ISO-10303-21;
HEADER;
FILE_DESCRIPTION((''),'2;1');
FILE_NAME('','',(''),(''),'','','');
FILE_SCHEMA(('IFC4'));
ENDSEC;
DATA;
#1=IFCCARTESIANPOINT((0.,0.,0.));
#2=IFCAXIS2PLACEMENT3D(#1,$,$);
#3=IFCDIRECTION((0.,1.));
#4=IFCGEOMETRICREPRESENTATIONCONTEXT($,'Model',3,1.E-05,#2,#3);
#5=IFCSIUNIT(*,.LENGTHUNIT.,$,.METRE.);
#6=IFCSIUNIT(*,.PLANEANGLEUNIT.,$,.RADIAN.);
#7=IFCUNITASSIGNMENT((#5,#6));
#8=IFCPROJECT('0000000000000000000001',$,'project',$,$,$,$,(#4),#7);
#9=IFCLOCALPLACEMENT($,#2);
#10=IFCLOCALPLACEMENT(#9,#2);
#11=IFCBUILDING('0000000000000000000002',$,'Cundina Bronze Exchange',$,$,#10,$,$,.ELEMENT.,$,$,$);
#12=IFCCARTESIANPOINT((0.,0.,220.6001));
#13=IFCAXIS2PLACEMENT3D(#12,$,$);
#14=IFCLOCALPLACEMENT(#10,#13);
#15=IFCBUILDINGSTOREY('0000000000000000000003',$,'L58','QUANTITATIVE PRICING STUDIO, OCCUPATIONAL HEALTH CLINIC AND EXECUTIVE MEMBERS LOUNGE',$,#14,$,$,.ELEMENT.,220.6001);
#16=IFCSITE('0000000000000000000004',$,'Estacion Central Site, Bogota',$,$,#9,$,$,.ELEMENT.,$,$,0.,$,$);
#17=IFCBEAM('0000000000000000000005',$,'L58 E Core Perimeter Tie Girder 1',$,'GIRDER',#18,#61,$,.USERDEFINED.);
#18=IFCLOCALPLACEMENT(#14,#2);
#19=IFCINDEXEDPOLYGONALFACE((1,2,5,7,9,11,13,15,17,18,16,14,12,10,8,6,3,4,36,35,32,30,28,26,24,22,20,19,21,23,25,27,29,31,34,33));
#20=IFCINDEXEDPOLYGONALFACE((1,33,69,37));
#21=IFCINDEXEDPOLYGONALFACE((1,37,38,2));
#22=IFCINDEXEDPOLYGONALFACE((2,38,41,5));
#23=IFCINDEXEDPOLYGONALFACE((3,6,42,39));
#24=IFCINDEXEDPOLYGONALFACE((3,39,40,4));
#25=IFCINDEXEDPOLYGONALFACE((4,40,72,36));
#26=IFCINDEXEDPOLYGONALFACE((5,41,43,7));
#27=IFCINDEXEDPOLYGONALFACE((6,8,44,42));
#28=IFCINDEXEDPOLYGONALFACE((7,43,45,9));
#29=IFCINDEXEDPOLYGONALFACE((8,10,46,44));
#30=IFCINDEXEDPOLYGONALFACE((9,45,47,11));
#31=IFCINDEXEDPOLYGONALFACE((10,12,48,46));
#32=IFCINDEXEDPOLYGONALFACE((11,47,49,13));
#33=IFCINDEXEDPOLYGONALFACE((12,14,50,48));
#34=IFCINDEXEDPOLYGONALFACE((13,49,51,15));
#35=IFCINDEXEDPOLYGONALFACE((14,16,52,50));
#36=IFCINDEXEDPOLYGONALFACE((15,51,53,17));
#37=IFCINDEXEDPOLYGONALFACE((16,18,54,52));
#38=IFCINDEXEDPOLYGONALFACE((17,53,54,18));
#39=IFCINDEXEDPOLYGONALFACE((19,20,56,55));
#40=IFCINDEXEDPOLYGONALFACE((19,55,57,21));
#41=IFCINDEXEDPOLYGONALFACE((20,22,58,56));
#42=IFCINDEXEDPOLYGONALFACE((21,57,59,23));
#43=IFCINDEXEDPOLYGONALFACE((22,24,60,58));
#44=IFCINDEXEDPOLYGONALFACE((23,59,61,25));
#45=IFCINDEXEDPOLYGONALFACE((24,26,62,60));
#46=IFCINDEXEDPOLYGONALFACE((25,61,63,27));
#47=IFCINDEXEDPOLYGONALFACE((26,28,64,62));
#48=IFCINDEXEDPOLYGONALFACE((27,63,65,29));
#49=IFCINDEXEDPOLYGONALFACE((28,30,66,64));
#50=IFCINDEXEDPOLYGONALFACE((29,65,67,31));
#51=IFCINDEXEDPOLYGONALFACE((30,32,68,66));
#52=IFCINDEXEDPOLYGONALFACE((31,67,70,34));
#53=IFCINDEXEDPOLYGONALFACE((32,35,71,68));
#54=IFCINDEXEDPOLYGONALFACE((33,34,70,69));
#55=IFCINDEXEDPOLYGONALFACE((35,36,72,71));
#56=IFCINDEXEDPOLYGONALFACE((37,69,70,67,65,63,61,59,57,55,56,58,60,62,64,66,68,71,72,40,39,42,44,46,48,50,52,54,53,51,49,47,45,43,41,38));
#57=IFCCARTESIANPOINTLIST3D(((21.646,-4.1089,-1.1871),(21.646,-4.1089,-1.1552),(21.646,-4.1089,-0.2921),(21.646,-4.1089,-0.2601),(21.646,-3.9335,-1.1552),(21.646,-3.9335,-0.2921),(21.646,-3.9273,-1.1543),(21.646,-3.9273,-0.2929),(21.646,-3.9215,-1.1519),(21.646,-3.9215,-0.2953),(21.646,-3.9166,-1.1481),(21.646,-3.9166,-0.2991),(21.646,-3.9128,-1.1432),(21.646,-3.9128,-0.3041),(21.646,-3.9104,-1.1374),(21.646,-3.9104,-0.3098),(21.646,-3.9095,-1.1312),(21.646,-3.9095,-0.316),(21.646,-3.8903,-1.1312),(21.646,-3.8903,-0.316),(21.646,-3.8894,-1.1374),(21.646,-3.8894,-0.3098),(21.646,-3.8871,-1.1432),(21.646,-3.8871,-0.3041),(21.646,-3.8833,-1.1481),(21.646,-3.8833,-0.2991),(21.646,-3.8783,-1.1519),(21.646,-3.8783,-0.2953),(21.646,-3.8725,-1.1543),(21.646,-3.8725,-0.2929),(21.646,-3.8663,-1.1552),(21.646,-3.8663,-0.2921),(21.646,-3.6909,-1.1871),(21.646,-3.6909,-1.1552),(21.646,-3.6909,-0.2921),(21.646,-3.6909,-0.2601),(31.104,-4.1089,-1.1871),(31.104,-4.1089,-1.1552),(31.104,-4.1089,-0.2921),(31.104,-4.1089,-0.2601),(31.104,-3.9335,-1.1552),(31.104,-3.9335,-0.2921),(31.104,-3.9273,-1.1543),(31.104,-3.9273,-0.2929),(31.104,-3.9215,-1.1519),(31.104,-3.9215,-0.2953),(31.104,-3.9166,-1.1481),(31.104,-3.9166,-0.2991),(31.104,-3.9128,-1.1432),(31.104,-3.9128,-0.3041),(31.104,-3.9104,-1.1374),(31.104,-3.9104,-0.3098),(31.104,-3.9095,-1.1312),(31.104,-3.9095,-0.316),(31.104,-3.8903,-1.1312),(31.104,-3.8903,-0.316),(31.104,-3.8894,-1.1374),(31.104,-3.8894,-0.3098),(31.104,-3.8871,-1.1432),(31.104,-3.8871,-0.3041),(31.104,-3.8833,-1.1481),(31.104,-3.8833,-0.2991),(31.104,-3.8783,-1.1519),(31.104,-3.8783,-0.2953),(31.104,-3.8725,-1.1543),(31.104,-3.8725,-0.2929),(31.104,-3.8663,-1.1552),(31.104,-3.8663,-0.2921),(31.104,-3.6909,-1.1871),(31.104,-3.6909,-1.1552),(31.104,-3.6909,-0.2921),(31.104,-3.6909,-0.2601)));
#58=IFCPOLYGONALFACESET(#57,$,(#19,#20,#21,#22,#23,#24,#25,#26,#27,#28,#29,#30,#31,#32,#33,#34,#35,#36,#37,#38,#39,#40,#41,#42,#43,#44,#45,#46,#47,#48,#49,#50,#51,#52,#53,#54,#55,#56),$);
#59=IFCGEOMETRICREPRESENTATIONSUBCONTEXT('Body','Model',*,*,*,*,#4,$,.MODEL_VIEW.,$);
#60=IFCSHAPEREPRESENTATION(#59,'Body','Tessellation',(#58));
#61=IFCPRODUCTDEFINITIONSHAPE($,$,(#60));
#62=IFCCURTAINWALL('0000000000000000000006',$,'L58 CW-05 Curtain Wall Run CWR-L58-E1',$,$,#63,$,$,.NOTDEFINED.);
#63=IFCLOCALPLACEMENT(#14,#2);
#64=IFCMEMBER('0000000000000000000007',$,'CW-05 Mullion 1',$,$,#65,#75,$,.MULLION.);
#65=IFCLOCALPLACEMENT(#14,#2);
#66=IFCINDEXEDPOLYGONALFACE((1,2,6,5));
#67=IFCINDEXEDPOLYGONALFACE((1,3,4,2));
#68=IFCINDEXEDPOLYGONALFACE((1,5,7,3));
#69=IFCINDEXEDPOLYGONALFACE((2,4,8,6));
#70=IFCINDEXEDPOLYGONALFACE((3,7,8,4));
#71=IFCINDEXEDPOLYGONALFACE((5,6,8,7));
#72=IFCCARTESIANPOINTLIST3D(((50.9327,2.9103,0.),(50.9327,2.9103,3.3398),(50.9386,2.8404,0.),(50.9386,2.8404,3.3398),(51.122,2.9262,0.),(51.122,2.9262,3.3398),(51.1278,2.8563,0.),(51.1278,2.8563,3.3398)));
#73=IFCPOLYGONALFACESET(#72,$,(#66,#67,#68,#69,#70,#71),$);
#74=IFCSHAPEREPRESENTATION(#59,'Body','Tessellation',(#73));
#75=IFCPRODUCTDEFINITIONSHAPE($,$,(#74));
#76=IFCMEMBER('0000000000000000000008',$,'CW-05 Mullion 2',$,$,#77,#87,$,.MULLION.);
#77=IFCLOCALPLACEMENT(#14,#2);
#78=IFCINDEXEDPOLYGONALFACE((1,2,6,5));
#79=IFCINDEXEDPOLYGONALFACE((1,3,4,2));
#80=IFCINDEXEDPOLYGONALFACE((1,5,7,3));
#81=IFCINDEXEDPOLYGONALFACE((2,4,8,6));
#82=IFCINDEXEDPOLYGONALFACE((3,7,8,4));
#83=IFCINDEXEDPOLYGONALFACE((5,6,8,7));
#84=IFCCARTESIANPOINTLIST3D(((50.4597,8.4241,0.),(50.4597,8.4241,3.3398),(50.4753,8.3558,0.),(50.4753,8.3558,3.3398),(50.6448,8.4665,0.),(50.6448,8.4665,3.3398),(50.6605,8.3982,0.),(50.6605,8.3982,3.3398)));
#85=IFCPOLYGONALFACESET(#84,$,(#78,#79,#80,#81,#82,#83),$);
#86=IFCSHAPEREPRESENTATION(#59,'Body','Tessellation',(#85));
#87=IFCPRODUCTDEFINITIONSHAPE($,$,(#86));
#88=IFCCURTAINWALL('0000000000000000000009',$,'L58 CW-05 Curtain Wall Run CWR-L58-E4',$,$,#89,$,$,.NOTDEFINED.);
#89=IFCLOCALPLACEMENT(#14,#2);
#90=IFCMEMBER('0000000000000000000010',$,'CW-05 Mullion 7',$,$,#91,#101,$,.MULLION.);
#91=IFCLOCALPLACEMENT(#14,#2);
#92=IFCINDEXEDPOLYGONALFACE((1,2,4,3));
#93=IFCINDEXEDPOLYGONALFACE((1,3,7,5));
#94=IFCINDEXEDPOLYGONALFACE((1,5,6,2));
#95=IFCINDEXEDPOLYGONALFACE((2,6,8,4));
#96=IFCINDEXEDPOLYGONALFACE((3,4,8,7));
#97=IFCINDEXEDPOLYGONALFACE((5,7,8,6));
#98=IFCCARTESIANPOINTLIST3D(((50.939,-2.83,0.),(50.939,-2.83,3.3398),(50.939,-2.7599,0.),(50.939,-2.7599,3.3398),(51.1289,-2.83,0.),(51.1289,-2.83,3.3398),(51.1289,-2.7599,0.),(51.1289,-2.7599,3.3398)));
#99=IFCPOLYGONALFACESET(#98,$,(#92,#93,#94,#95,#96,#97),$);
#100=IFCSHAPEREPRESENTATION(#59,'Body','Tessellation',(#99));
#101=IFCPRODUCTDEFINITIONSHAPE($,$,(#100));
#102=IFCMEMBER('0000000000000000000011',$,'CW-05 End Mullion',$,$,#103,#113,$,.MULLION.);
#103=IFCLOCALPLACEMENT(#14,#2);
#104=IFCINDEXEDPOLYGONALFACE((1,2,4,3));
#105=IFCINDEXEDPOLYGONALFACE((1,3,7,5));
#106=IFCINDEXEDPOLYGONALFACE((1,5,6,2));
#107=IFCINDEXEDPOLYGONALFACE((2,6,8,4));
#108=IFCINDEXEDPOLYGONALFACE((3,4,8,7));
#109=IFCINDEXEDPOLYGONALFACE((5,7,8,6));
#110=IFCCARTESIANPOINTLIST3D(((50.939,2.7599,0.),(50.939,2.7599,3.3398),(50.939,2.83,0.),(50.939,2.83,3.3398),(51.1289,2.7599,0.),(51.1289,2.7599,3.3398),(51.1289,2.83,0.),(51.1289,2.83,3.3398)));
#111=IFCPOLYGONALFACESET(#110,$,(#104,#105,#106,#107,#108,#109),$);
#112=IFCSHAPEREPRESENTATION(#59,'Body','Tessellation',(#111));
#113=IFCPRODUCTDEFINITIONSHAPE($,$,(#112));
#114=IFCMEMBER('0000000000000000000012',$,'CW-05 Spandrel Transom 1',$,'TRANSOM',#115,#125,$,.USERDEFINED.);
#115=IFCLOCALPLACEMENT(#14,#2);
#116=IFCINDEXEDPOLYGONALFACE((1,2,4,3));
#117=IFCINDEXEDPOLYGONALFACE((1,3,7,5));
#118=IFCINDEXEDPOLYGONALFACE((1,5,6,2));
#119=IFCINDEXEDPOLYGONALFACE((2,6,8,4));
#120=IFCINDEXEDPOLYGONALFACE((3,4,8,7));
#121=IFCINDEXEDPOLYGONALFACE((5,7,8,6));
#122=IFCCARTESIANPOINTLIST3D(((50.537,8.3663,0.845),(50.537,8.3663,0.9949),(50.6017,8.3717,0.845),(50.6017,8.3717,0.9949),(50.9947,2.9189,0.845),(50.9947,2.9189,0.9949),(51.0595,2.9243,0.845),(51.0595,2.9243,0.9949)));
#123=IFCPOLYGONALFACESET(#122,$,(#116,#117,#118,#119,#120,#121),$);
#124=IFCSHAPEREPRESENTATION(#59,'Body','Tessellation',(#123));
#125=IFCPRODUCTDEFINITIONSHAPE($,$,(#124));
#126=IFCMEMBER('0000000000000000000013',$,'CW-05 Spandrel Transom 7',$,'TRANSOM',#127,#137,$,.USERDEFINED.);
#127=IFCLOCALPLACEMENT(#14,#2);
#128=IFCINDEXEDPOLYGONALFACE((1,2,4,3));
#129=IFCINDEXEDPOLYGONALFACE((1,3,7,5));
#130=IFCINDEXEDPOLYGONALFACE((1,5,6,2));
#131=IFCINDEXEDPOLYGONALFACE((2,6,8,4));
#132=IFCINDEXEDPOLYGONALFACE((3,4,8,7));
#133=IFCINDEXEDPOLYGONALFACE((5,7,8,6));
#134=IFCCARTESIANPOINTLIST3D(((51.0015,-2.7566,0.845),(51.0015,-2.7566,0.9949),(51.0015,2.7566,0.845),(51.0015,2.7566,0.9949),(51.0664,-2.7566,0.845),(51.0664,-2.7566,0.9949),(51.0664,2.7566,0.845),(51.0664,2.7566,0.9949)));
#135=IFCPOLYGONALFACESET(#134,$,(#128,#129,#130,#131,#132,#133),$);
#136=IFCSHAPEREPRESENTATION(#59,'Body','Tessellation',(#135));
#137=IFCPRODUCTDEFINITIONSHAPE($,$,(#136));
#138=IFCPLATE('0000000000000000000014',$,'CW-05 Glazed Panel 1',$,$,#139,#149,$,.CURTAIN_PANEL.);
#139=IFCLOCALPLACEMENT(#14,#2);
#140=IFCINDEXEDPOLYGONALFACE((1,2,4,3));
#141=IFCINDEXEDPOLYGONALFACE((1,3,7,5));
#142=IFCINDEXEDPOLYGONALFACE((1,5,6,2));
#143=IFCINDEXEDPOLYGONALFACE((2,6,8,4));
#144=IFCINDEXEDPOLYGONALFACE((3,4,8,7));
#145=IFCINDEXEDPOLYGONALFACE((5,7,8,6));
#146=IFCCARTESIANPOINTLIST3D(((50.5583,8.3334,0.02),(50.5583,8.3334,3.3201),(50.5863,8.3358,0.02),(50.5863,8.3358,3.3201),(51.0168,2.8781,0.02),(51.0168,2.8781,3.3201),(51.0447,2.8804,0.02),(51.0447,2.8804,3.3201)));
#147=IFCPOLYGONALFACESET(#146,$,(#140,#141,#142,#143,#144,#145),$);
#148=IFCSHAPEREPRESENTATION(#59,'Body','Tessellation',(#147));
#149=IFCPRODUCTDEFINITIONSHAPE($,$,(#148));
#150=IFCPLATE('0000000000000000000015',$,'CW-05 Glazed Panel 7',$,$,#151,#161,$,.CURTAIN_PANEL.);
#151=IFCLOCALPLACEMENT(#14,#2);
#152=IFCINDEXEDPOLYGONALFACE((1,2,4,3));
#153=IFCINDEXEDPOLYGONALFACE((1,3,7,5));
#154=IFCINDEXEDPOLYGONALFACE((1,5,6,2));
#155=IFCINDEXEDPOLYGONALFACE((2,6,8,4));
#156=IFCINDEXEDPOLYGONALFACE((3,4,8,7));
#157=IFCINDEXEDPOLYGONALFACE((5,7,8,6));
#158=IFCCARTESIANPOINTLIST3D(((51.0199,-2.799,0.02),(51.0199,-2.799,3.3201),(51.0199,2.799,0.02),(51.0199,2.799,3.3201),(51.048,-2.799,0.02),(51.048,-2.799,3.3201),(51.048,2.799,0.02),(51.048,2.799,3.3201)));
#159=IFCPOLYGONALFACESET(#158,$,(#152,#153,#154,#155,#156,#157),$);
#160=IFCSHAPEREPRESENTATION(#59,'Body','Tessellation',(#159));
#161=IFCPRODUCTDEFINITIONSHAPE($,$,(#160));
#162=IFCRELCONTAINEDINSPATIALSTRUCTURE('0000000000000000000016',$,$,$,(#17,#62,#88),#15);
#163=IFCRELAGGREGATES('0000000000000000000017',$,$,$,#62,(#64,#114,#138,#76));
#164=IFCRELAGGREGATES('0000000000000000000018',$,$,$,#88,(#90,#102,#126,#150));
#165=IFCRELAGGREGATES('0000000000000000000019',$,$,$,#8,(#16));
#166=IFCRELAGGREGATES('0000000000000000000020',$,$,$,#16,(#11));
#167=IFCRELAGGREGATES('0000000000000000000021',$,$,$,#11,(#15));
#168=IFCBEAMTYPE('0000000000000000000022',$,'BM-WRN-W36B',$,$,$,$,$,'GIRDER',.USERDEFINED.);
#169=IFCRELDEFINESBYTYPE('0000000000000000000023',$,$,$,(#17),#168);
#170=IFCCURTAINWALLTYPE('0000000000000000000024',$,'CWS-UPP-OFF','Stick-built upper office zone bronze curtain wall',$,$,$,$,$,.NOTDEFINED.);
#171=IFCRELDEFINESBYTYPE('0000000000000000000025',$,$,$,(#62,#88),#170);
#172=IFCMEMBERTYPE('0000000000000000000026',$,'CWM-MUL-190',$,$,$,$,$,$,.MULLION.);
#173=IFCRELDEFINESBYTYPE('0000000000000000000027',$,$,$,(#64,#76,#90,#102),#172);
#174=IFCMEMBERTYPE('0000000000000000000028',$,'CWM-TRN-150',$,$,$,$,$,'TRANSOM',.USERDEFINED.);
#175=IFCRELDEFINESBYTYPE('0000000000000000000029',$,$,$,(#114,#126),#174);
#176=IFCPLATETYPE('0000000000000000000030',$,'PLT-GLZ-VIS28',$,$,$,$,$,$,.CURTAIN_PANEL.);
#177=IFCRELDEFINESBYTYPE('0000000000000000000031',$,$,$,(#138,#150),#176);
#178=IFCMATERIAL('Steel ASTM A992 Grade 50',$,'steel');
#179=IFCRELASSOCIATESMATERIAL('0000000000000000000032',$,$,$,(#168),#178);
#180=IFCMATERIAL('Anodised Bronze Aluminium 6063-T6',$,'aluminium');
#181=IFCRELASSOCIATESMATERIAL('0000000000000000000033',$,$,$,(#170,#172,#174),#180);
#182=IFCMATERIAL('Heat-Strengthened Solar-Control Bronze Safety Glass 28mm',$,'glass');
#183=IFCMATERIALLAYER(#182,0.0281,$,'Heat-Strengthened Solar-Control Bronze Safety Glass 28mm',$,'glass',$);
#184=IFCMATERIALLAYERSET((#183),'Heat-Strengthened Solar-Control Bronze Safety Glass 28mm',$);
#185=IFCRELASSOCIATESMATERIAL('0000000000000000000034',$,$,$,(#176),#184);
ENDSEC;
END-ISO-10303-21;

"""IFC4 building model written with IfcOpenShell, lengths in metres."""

from ifc_helpers import new_model, si_unit, direction, frame, origin, origin_2d, place, context, subcontext, project, spatial, rectangle, i_section, extrude, material, layer, layer_set, material_profile, profile_set, type_object, element, aggregate, save


model = new_model("IFC4")

# Units and contexts
model_context = context("Model", 3, precision=1e-05, world=origin(), true_north=direction((0.0, 1.0)))
body_context = subcontext(model_context, "Body", "Model", "MODEL_VIEW")
ifc_project = project(units=[si_unit("LENGTHUNIT", "METRE"), si_unit("PLANEANGLEUNIT", "RADIAN")], contexts=[model_context])

# Site, building, storey
site_placement = place(None, origin())
site = spatial("IfcSite", under=ifc_project, at=site_placement, Name="Estacion Central Site, Bogota", CompositionType="ELEMENT", RefElevation=0.0)
building_placement = place(site_placement, origin())
building = spatial("IfcBuilding", under=site, at=building_placement, Name="Cundina Bronze Exchange", CompositionType="ELEMENT")
storey_placement = place(building_placement, frame((0.0, 0.0, 220.6001)))
storey = spatial("IfcBuildingStorey", under=building, at=storey_placement, Name="L58", Description="QUANTITATIVE PRICING STUDIO, OCCUPATIONAL HEALTH CLINIC AND EXECUTIVE MEMBERS LOUNGE", CompositionType="ELEMENT", Elevation=220.6001)

# Shared definitions
ifc_material_1 = material(Name="Steel ASTM A992 Grade 50", Category="steel")

# Beam
ifc_material_profile_1 = material_profile(ifc_material_1, i_section(OverallWidth=0.418, OverallDepth=0.927, WebThickness=0.0193, FlangeThickness=0.032, FilletRadius=0.0239, at=origin_2d()), Name="W36X231", Category="steel")
ifc_profile_set_1 = profile_set([ifc_material_profile_1], Name="Steel ASTM A992 Grade 50")
beam_type_1 = type_object("IfcBeamType", Name="BM-WRN-W36B", ElementType="GIRDER", PredefinedType="USERDEFINED", material=ifc_profile_set_1)
beam_1_placement = place(storey_placement, frame((31.104, -3.8999, -0.7236), z_axis=(-1.0, 0.0, 0.0), x_axis=(0.0, -1.0, 0.0)))
element("IfcBeam", 1, at=beam_1_placement, inside=storey, type_object=beam_type_1, Name="L58 E Core Perimeter Tie Girder 1", ObjectType="GIRDER", PredefinedType="USERDEFINED", context=body_context, shape_type="SweptSolid", body=[
    extrude(i_section(OverallWidth=0.418, OverallDepth=0.927, WebThickness=0.0193, FlangeThickness=0.032, FilletRadius=0.0239, at=origin_2d()), origin(), (0.0, 0.0, 1.0), 9.458),
])

# Curtain walls, members
ifc_material_2 = material(Name="Anodised Bronze Aluminium 6063-T6", Category="aluminium")
curtain_wall_type = type_object("IfcCurtainWallType", Name="CWS-UPP-OFF", Description="Stick-built upper office zone bronze curtain wall", PredefinedType="NOTDEFINED", material=ifc_material_2)
curtain_wall_1_placement = place(storey_placement, origin())
curtain_wall_1 = element("IfcCurtainWall", 2, at=curtain_wall_1_placement, inside=storey, type_object=curtain_wall_type, Name="L58 CW-05 Curtain Wall Run CWR-L58-E1", PredefinedType="NOTDEFINED")
ifc_material_profile_2 = material_profile(ifc_material_2, rectangle(XDim=0.0701, YDim=0.1899, at=origin_2d()), Name="AL70X190", Category="aluminium")
ifc_profile_set_2 = profile_set([ifc_material_profile_2], Name="Anodised Bronze Aluminium 6063-T6")
member_type_1 = type_object("IfcMemberType", Name="CWM-MUL-190", PredefinedType="MULLION", material=ifc_profile_set_2)
member_1_placement = place(storey_placement, frame((51.0303, 2.8833, 0.0), z_axis=(0.0, 0.0, 1.0), x_axis=(-0.083678, 0.996493, 0.0)))
member_1 = element("IfcMember", 3, at=member_1_placement, type_object=member_type_1, Name="CW-05 Mullion 1", PredefinedType="MULLION", context=body_context, shape_type="SweptSolid", body=[
    extrude(rectangle(XDim=0.0701, YDim=0.1899, at=origin_2d()), origin(), (0.0, 0.0, 1.0), 3.3398),
])
member_2_placement = place(storey_placement, frame((50.5601, 8.4111, 0.0), z_axis=(0.0, 0.0, 1.0), x_axis=(-0.22325, 0.974761, 0.0)))
member_2 = element("IfcMember", 4, at=member_2_placement, type_object=member_type_1, Name="CW-05 Mullion 2", PredefinedType="MULLION", context=body_context, shape_type="SweptSolid", body=[
    extrude(rectangle(XDim=0.0701, YDim=0.1899, at=origin_2d()), origin(), (0.0, 0.0, 1.0), 3.3398),
])
curtain_wall_2_placement = place(storey_placement, origin())
curtain_wall_2 = element("IfcCurtainWall", 5, at=curtain_wall_2_placement, inside=storey, type_object=curtain_wall_type, Name="L58 CW-05 Curtain Wall Run CWR-L58-E4", PredefinedType="NOTDEFINED")
member_3_placement = place(storey_placement, frame((51.0339, -2.7949, 0.0), z_axis=(0.0, 0.0, 1.0), x_axis=(0.0, 1.0, 0.0)))
member_3 = element("IfcMember", 6, at=member_3_placement, type_object=member_type_1, Name="CW-05 Mullion 7", PredefinedType="MULLION", context=body_context, shape_type="SweptSolid", body=[
    extrude(rectangle(XDim=0.0701, YDim=0.1899, at=origin_2d()), origin(), (0.0, 0.0, 1.0), 3.3398),
])
member_4_placement = place(storey_placement, frame((51.0339, 2.7949, 0.0), z_axis=(0.0, 0.0, 1.0), x_axis=(0.0, 1.0, 0.0)))
member_4 = element("IfcMember", 7, at=member_4_placement, type_object=member_type_1, Name="CW-05 End Mullion", PredefinedType="MULLION", context=body_context, shape_type="SweptSolid", body=[
    extrude(rectangle(XDim=0.0701, YDim=0.1899, at=origin_2d()), origin(), (0.0, 0.0, 1.0), 3.3398),
])

# Members
ifc_material_profile_3 = material_profile(ifc_material_2, rectangle(XDim=0.0649, YDim=0.1499, at=origin_2d()), Name="AL65X150", Category="aluminium")
ifc_profile_set_3 = profile_set([ifc_material_profile_3], Name="Anodised Bronze Aluminium 6063-T6")
member_type_2 = type_object("IfcMemberType", Name="CWM-TRN-150", ElementType="TRANSOM", PredefinedType="USERDEFINED", material=ifc_profile_set_3)
member_5_placement = place(storey_placement, frame((51.0271, 2.9216, 0.9199), z_axis=(-0.08374, 0.996488, 0.0), x_axis=(-0.996488, -0.08374, 0.0)))
member_5 = element("IfcMember", 8, at=member_5_placement, type_object=member_type_2, Name="CW-05 Spandrel Transom 1", ObjectType="TRANSOM", PredefinedType="USERDEFINED", context=body_context, shape_type="SweptSolid", body=[
    extrude(rectangle(XDim=0.0649, YDim=0.1499, at=origin_2d()), origin(), (0.0, 0.0, 1.0), 5.4666),
])
member_6_placement = place(storey_placement, frame((51.0339, -2.7566, 0.9199), z_axis=(0.0, 1.0, 0.0), x_axis=(-1.0, 0.0, 0.0)))
member_6 = element("IfcMember", 9, at=member_6_placement, type_object=member_type_2, Name="CW-05 Spandrel Transom 7", ObjectType="TRANSOM", PredefinedType="USERDEFINED", context=body_context, shape_type="SweptSolid", body=[
    extrude(rectangle(XDim=0.0649, YDim=0.1499, at=origin_2d()), origin(), (0.0, 0.0, 1.0), 5.5132),
])

# Plates
ifc_material_3 = material(Name="Heat-Strengthened Solar-Control Bronze Safety Glass 28mm", Category="glass")
ifc_layer_1 = layer(ifc_material_3, 0.0281, Name="Heat-Strengthened Solar-Control Bronze Safety Glass 28mm", Category="glass")
ifc_layer_set_1 = layer_set([ifc_layer_1], Name="Heat-Strengthened Solar-Control Bronze Safety Glass 28mm")
plate_type = type_object("IfcPlateType", Name="PLT-GLZ-VIS28", PredefinedType="CURTAIN_PANEL", material=ifc_layer_set_1)
plate_1_placement = place(storey_placement, frame((50.8015, 5.6069, 0.02), z_axis=(0.0, 0.0, 1.0), x_axis=(-0.083747, 0.996487, 0.0)))
plate_1 = element("IfcPlate", 10, at=plate_1_placement, type_object=plate_type, Name="CW-05 Glazed Panel 1", PredefinedType="CURTAIN_PANEL", context=body_context, shape_type="SweptSolid", body=[
    extrude(rectangle(XDim=5.4746, YDim=0.0281, at=origin_2d()), origin(), (0.0, 0.0, 1.0), 3.3),
])
aggregate(curtain_wall_1, [member_1, member_5, plate_1, member_2])
plate_2_placement = place(storey_placement, frame((51.0339, 0.0, 0.02), z_axis=(0.0, 0.0, 1.0), x_axis=(0.0, 1.0, 0.0)))
plate_2 = element("IfcPlate", 11, at=plate_2_placement, type_object=plate_type, Name="CW-05 Glazed Panel 7", PredefinedType="CURTAIN_PANEL", context=body_context, shape_type="SweptSolid", body=[
    extrude(rectangle(XDim=5.5979, YDim=0.0281, at=origin_2d()), origin(), (0.0, 0.0, 1.0), 3.3),
])
aggregate(curtain_wall_2, [member_3, member_4, member_6, plate_2])

save(model, "model.ifc")
